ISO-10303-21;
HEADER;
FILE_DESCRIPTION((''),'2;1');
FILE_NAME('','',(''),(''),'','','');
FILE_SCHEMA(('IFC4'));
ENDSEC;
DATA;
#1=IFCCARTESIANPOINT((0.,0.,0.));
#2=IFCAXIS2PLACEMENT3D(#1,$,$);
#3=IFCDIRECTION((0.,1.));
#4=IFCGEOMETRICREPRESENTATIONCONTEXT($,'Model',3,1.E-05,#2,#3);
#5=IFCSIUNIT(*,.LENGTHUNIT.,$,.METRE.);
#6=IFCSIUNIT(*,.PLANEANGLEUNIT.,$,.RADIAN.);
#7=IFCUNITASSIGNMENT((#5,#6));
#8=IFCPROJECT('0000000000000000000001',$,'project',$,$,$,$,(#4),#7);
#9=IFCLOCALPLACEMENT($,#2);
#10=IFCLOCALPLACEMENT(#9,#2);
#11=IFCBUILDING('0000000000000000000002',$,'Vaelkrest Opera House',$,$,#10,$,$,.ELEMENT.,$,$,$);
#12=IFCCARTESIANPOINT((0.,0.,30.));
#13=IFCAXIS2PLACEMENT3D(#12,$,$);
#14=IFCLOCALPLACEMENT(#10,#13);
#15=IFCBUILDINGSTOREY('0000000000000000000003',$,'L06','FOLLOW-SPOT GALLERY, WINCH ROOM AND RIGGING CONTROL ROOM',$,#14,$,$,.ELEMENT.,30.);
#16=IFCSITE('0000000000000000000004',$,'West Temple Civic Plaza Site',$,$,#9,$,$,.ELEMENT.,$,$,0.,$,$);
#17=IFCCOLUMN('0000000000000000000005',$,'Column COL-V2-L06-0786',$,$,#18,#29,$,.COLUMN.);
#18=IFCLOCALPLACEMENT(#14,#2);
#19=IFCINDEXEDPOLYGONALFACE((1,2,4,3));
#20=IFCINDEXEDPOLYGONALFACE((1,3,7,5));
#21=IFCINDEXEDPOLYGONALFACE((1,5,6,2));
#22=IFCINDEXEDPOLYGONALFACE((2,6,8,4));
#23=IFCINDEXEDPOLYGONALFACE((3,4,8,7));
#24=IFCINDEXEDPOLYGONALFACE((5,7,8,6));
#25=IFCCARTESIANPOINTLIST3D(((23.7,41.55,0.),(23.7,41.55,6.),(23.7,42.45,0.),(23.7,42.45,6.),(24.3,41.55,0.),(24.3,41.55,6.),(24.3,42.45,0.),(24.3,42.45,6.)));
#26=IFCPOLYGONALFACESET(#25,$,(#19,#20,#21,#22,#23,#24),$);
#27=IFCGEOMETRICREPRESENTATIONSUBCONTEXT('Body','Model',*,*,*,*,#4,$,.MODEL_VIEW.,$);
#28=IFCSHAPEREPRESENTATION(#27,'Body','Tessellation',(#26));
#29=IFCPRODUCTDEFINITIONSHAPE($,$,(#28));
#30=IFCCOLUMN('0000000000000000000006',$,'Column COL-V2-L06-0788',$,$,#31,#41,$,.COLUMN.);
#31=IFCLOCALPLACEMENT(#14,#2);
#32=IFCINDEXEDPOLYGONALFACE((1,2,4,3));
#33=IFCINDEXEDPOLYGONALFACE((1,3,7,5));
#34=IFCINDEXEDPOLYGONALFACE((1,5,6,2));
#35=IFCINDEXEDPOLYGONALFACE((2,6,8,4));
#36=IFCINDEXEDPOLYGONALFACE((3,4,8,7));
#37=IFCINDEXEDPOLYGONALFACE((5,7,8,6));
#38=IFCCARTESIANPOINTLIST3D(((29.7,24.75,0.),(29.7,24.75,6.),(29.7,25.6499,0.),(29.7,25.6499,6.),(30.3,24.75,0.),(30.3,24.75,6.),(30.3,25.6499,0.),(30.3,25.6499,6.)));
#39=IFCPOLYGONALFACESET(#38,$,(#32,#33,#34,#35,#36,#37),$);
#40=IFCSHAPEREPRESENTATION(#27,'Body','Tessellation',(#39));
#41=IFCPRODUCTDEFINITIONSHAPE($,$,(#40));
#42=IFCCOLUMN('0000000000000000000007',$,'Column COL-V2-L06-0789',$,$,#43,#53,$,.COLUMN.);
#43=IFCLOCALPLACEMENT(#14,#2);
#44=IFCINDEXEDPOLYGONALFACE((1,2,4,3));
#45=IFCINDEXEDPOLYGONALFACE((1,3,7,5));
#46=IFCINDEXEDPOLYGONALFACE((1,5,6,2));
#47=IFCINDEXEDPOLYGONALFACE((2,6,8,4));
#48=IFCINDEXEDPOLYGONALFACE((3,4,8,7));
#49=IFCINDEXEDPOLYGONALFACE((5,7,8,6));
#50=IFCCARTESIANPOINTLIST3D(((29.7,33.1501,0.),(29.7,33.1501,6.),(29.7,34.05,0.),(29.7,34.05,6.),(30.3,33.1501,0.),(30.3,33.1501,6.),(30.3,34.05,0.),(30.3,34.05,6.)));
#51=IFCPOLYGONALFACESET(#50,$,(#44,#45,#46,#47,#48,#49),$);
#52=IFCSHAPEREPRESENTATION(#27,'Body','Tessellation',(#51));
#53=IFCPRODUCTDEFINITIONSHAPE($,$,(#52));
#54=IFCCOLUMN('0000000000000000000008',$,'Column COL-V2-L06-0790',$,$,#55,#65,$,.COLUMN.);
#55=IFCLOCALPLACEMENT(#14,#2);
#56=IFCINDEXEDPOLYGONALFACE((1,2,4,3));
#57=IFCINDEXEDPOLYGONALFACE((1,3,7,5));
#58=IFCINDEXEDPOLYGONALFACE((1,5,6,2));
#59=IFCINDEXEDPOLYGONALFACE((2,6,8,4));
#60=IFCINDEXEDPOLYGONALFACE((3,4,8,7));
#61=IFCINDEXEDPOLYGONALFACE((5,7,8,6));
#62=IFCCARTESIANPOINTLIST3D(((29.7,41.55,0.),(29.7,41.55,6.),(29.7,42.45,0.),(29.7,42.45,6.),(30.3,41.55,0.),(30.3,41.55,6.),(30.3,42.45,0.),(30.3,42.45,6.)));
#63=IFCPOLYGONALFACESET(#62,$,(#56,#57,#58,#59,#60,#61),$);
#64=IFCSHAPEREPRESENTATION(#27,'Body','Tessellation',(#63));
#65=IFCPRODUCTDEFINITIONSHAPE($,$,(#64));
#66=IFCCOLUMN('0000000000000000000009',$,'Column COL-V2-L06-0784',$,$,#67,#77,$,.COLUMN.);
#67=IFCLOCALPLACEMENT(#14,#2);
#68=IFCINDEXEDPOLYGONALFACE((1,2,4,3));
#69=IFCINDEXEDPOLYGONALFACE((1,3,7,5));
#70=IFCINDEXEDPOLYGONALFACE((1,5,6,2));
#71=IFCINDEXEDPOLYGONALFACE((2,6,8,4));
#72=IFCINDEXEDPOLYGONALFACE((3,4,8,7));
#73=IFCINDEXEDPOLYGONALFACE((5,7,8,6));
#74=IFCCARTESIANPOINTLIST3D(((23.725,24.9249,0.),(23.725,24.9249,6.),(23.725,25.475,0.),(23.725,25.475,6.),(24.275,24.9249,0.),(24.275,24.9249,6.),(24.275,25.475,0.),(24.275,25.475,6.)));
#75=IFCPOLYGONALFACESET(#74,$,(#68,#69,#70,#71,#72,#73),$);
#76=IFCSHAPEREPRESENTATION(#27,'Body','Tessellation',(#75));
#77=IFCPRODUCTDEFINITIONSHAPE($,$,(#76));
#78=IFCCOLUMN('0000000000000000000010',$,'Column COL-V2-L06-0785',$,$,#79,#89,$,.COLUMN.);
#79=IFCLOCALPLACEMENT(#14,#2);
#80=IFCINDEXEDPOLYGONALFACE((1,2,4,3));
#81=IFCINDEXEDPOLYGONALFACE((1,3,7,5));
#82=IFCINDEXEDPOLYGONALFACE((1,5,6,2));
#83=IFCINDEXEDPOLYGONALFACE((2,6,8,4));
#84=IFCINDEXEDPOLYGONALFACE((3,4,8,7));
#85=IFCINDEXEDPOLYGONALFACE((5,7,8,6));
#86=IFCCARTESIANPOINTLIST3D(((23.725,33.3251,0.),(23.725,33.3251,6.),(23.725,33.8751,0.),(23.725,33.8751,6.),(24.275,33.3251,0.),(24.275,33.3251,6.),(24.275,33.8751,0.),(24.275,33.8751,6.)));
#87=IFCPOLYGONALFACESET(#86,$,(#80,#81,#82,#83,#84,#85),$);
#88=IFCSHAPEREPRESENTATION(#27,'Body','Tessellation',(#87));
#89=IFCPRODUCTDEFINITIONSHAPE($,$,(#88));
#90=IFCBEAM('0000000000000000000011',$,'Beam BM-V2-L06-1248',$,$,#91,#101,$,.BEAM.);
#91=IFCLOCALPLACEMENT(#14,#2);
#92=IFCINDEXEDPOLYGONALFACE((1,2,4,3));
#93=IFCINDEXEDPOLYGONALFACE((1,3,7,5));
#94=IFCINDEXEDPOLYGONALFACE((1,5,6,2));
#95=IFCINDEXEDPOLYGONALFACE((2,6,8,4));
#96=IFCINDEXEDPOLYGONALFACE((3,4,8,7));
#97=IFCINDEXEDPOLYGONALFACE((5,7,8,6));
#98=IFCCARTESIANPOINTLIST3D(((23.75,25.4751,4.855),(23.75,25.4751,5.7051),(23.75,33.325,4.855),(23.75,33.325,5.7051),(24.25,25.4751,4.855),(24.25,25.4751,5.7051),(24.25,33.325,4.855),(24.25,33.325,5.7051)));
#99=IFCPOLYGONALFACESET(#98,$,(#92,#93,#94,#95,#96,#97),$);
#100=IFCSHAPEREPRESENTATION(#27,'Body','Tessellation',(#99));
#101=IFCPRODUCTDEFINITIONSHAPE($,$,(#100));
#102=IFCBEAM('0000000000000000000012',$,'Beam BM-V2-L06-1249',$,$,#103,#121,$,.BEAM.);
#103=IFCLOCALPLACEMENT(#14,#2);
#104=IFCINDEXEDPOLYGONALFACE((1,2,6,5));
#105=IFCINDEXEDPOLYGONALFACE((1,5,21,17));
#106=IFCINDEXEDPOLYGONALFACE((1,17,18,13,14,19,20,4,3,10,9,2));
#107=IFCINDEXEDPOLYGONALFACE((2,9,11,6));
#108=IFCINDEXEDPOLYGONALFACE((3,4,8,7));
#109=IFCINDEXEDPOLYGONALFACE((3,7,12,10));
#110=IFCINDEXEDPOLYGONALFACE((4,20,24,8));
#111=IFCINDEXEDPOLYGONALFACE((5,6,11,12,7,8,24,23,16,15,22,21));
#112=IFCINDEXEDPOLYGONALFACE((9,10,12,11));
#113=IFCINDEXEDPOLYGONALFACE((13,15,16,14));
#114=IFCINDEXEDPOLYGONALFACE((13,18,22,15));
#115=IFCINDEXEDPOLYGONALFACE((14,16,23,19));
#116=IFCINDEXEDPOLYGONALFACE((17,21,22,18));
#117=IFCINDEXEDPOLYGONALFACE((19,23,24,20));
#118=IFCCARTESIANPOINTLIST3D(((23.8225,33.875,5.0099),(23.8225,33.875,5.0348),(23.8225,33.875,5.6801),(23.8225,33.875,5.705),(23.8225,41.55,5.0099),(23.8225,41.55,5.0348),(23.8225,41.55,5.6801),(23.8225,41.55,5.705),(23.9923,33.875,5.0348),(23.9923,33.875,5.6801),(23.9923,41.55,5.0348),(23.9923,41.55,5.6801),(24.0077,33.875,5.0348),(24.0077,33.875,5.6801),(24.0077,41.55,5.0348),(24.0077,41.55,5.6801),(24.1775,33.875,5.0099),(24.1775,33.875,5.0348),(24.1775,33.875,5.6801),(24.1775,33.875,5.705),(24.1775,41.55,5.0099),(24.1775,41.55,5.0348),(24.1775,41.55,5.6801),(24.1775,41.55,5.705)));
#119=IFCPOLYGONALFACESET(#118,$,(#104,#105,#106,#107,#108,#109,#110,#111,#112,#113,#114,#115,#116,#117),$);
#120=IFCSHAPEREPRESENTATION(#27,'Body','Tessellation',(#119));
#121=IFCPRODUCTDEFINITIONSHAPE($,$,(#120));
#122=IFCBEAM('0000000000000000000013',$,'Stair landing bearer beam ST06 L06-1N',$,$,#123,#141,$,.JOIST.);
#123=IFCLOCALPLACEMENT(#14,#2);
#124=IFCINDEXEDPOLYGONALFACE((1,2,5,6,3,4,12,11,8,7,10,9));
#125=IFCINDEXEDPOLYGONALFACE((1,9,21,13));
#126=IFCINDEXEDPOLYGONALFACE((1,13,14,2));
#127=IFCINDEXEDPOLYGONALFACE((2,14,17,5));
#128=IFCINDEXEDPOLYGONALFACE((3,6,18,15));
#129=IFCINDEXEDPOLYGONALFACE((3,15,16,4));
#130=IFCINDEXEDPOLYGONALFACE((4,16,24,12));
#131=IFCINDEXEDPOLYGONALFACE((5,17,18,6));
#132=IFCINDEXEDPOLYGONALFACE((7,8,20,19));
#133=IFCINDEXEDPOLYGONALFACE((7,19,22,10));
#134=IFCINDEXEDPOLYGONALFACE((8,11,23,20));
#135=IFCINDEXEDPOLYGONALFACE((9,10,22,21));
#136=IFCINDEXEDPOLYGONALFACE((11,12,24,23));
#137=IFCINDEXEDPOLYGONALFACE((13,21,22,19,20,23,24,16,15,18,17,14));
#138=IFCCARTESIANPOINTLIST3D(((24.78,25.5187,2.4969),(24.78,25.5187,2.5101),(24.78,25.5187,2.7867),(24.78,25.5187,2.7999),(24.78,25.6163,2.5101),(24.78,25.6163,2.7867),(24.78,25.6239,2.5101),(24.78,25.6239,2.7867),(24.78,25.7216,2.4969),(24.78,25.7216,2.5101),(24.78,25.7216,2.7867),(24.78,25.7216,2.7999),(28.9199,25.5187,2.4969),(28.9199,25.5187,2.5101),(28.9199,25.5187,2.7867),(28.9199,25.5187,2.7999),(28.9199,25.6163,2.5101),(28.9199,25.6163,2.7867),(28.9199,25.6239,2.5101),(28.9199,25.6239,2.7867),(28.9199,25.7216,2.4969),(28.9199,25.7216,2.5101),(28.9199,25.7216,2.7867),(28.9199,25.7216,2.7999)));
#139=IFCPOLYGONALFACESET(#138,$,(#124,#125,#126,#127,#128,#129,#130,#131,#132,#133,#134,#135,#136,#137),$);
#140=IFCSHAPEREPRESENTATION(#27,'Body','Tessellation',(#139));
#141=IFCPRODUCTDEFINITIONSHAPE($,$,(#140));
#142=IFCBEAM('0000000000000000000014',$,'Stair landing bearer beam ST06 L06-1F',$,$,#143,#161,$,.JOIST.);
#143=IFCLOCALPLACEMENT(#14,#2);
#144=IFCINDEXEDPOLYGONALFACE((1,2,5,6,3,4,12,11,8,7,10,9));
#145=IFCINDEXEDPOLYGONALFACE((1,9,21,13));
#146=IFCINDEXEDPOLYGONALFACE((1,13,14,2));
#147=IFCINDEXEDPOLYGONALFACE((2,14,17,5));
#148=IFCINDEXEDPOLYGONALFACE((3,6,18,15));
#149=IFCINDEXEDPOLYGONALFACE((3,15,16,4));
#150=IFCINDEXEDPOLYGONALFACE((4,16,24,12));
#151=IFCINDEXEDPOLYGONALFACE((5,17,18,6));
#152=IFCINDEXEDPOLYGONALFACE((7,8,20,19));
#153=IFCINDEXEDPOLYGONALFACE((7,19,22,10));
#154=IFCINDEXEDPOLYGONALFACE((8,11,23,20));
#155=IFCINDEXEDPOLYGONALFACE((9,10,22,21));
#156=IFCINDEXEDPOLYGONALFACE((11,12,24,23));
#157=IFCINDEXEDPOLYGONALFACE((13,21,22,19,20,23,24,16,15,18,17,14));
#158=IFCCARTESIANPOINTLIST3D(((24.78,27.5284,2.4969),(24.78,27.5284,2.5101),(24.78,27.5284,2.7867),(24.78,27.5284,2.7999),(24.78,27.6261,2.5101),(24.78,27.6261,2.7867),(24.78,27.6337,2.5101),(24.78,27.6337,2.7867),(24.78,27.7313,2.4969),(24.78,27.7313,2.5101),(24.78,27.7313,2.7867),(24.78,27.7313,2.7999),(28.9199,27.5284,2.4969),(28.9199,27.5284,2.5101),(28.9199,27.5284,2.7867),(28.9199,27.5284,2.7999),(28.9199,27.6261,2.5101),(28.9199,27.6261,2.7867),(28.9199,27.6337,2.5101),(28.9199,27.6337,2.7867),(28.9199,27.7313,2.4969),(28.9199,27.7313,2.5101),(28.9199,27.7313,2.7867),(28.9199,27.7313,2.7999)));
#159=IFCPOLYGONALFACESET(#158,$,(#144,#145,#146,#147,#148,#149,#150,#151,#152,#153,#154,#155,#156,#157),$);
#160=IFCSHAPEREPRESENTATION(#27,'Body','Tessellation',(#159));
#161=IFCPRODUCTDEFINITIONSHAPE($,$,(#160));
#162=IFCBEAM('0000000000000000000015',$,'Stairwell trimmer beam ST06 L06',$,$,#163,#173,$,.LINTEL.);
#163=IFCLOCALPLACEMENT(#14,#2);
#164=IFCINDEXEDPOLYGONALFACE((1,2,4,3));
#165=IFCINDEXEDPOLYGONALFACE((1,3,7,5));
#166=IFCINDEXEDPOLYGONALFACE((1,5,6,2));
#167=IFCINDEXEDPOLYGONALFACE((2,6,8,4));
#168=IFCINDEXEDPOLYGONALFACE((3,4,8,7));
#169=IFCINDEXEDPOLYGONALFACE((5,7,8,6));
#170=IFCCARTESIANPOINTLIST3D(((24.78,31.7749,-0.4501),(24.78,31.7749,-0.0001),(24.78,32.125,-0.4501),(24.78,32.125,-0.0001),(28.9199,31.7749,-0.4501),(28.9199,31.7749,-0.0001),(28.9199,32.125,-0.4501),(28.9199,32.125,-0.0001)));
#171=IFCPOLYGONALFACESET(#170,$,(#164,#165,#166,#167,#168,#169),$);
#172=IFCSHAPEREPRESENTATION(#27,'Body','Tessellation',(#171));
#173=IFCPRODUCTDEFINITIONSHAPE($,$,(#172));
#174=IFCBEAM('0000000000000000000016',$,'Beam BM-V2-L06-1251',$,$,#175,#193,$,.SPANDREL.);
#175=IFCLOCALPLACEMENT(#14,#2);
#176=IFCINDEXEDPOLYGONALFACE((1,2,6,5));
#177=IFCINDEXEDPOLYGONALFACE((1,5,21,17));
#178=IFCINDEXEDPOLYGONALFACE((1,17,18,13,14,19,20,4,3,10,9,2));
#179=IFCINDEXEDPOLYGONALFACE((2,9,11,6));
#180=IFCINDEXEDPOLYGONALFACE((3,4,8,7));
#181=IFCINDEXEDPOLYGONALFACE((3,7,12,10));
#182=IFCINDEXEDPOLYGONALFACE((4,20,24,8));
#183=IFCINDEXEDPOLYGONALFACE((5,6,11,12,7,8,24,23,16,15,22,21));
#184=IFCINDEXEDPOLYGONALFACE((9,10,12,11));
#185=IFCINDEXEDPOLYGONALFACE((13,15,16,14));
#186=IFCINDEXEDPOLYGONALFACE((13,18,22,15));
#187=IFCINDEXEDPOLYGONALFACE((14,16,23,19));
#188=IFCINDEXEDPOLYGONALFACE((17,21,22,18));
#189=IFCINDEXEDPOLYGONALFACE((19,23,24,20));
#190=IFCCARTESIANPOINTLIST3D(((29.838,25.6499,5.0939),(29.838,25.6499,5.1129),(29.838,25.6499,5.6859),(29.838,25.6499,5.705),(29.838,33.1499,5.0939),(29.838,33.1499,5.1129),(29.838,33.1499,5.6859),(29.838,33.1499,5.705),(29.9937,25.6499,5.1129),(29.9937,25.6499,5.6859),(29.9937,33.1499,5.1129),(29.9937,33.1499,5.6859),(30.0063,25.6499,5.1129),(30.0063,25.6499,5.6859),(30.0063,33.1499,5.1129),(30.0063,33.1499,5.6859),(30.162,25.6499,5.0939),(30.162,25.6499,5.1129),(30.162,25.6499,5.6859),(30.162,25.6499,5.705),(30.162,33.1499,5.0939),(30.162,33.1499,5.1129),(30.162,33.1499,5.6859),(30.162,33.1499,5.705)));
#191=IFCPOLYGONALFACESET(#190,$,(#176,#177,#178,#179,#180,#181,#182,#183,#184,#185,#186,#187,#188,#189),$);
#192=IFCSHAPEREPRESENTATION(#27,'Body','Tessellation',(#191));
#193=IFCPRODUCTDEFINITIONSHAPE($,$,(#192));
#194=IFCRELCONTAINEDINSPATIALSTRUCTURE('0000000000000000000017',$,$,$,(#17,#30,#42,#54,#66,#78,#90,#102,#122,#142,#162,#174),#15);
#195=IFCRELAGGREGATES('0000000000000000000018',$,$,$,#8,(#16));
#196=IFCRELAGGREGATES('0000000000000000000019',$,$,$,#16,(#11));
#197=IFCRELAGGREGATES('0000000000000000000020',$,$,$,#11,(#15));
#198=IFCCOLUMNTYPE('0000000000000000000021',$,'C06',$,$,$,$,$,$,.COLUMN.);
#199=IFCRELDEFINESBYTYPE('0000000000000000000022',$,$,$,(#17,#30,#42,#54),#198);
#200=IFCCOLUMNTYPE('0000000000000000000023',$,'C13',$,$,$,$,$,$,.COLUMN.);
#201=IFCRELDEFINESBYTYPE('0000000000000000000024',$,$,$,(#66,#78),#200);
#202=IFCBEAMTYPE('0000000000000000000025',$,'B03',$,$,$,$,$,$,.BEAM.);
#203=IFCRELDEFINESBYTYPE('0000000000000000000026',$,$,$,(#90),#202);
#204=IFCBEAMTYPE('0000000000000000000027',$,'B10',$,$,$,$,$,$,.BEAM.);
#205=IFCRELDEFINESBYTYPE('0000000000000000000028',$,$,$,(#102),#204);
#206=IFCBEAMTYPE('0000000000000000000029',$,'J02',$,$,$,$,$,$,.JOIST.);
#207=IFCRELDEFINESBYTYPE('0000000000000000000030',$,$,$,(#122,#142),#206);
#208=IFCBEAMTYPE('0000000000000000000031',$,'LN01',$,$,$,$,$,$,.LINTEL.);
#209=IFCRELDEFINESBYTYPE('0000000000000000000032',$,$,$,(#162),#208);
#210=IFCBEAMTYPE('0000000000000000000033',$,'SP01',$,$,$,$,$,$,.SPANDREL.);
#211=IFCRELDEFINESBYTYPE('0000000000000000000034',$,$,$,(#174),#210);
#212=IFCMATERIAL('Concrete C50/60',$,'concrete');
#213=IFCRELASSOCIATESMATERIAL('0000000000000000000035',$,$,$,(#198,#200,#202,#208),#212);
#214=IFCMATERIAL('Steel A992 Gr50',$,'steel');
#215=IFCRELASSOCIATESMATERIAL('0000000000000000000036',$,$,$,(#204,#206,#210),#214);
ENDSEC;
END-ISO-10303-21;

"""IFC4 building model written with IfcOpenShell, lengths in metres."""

from ifc_helpers import new_model, si_unit, direction, frame, origin, origin_2d, place, context, subcontext, project, spatial, rectangle, i_section, extrude, material, material_profile, profile_set, type_object, element, save


model = new_model("IFC4")

# Units and contexts
model_context = context("Model", 3, precision=1e-05, world=origin(), true_north=direction((0.0, 1.0)))
body_context = subcontext(model_context, "Body", "Model", "MODEL_VIEW")
ifc_project = project(units=[si_unit("LENGTHUNIT", "METRE"), si_unit("PLANEANGLEUNIT", "RADIAN")], contexts=[model_context])

# Site, building, storey
site_placement = place(None, origin())
site = spatial("IfcSite", under=ifc_project, at=site_placement, Name="West Temple Civic Plaza Site", CompositionType="ELEMENT", RefElevation=0.0)
building_placement = place(site_placement, origin())
building = spatial("IfcBuilding", under=site, at=building_placement, Name="Vaelkrest Opera House", CompositionType="ELEMENT")
storey_placement = place(building_placement, frame((0.0, 0.0, 30.0)))
storey = spatial("IfcBuildingStorey", under=building, at=storey_placement, Name="L06", Description="FOLLOW-SPOT GALLERY, WINCH ROOM AND RIGGING CONTROL ROOM", CompositionType="ELEMENT", Elevation=30.0)

# Columns
ifc_material_1 = material(Name="Concrete C50/60", Category="concrete")
ifc_material_profile_1 = material_profile(ifc_material_1, rectangle(XDim=0.6001, YDim=0.8999, at=origin_2d()), Name="RC600X900")
ifc_profile_set_1 = profile_set([ifc_material_profile_1], Name="Concrete C50/60")
column_type_1 = type_object("IfcColumnType", Name="C06", PredefinedType="COLUMN", material=ifc_profile_set_1)
for number, where, z_axis, x_axis, name in (
    (1, (24.0, 42.0, 0.0), (0.0, 0.0, 1.0), (1.0, 0.0, 0.0), "Column COL-V2-L06-0786"),
    (2, (30.0, 25.2, 0.0), (0.0, 0.0, 1.0), (1.0, 0.0, 0.0), "Column COL-V2-L06-0788"),
    (3, (30.0, 33.6001, 0.0), (0.0, 0.0, 1.0), (1.0, 0.0, 0.0), "Column COL-V2-L06-0789"),
    (4, (30.0, 42.0, 0.0), (0.0, 0.0, 1.0), (1.0, 0.0, 0.0), "Column COL-V2-L06-0790"),
):
    element("IfcColumn", number, at=place(storey_placement, frame(where, z_axis=z_axis, x_axis=x_axis)), inside=storey, type_object=column_type_1, Name=name, PredefinedType="COLUMN", context=body_context, shape_type="SweptSolid", body=[
        extrude(rectangle(XDim=0.6001, YDim=0.8999, at=origin_2d()), origin(), (0.0, 0.0, 1.0), 6.0),
    ])
ifc_material_profile_2 = material_profile(ifc_material_1, rectangle(XDim=0.55, YDim=0.55, at=origin_2d()), Name="RC550X550")
ifc_profile_set_2 = profile_set([ifc_material_profile_2], Name="Concrete C50/60")
column_type_2 = type_object("IfcColumnType", Name="C13", PredefinedType="COLUMN", material=ifc_profile_set_2)
for number, where, z_axis, x_axis, name in (
    (5, (24.0, 25.2, 0.0), (0.0, 0.0, 1.0), (1.0, 0.0, 0.0), "Column COL-V2-L06-0784"),
    (6, (24.0, 33.6001, 0.0), (0.0, 0.0, 1.0), (1.0, 0.0, 0.0), "Column COL-V2-L06-0785"),
):
    element("IfcColumn", number, at=place(storey_placement, frame(where, z_axis=z_axis, x_axis=x_axis)), inside=storey, type_object=column_type_2, Name=name, PredefinedType="COLUMN", context=body_context, shape_type="SweptSolid", body=[
        extrude(rectangle(XDim=0.55, YDim=0.55, at=origin_2d()), origin(), (0.0, 0.0, 1.0), 6.0),
    ])

# Beams
ifc_material_profile_3 = material_profile(ifc_material_1, rectangle(XDim=0.5, YDim=0.8501, at=origin_2d()), Name="RCB500X850")
ifc_profile_set_3 = profile_set([ifc_material_profile_3], Name="Concrete C50/60")
beam_type_1 = type_object("IfcBeamType", Name="B03", PredefinedType="BEAM", material=ifc_profile_set_3)
beam_1_placement = place(storey_placement, frame((24.0, 25.4751, 5.28), z_axis=(0.0, 1.0, 0.0), x_axis=(-1.0, 0.0, 0.0)))
element("IfcBeam", 7, at=beam_1_placement, inside=storey, type_object=beam_type_1, Name="Beam BM-V2-L06-1248", PredefinedType="BEAM", context=body_context, shape_type="SweptSolid", body=[
    extrude(rectangle(XDim=0.5, YDim=0.8501, at=origin_2d()), origin(), (0.0, 0.0, 1.0), 7.8499),
])
ifc_material_2 = material(Name="Steel A992 Gr50", Category="steel")
ifc_material_profile_4 = material_profile(ifc_material_2, i_section(OverallWidth=0.355, OverallDepth=0.6951, WebThickness=0.0154, FlangeThickness=0.0249, at=origin_2d()), Name="W27X146")
ifc_profile_set_4 = profile_set([ifc_material_profile_4], Name="Steel A992 Gr50")
beam_type_2 = type_object("IfcBeamType", Name="B10", PredefinedType="BEAM", material=ifc_profile_set_4)
beam_2_placement = place(storey_placement, frame((24.0, 33.875, 5.3574), z_axis=(0.0, 1.0, 0.0), x_axis=(-1.0, 0.0, 0.0)))
element("IfcBeam", 8, at=beam_2_placement, inside=storey, type_object=beam_type_2, Name="Beam BM-V2-L06-1249", PredefinedType="BEAM", context=body_context, shape_type="SweptSolid", body=[
    extrude(i_section(OverallWidth=0.355, OverallDepth=0.6951, WebThickness=0.0154, FlangeThickness=0.0249, at=origin_2d()), origin(), (0.0, 0.0, 1.0), 7.675),
])
ifc_material_profile_5 = material_profile(ifc_material_2, i_section(OverallWidth=0.2029, OverallDepth=0.303, WebThickness=0.0076, FlangeThickness=0.0132, at=origin_2d()), Name="W12X40")
ifc_profile_set_5 = profile_set([ifc_material_profile_5], Name="Steel A992 Gr50")
beam_type_3 = type_object("IfcBeamType", Name="J02", PredefinedType="JOIST", material=ifc_profile_set_5)
for number, where, z_axis, x_axis, name in (
    (9, (24.78, 25.6201, 2.6484), (1.0, 0.0, 0.0), (0.0, 1.0, 0.0), "Stair landing bearer beam ST06 L06-1N"),
    (10, (24.78, 27.6299, 2.6484), (1.0, 0.0, 0.0), (0.0, 1.0, 0.0), "Stair landing bearer beam ST06 L06-1F"),
):
    element("IfcBeam", number, at=place(storey_placement, frame(where, z_axis=z_axis, x_axis=x_axis)), inside=storey, type_object=beam_type_3, Name=name, PredefinedType="JOIST", context=body_context, shape_type="SweptSolid", body=[
        extrude(i_section(OverallWidth=0.2029, OverallDepth=0.303, WebThickness=0.0076, FlangeThickness=0.0132, at=origin_2d()), origin(), (0.0, 0.0, 1.0), 4.1399),
    ])
ifc_material_profile_6 = material_profile(ifc_material_1, rectangle(XDim=0.3501, YDim=0.45, at=origin_2d()), Name="RCB350X450")
ifc_profile_set_6 = profile_set([ifc_material_profile_6], Name="Concrete C50/60")
beam_type_4 = type_object("IfcBeamType", Name="LN01", PredefinedType="LINTEL", material=ifc_profile_set_6)
beam_3_placement = place(storey_placement, frame((24.78, 31.95, -0.2251), z_axis=(1.0, 0.0, 0.0), x_axis=(0.0, 1.0, 0.0)))
element("IfcBeam", 11, at=beam_3_placement, inside=storey, type_object=beam_type_4, Name="Stairwell trimmer beam ST06 L06", PredefinedType="LINTEL", context=body_context, shape_type="SweptSolid", body=[
    extrude(rectangle(XDim=0.3501, YDim=0.45, at=origin_2d()), origin(), (0.0, 0.0, 1.0), 4.1399),
])
ifc_material_profile_7 = material_profile(ifc_material_2, i_section(OverallWidth=0.324, OverallDepth=0.6111, WebThickness=0.0127, FlangeThickness=0.019, at=origin_2d()), Name="W24X104")
ifc_profile_set_7 = profile_set([ifc_material_profile_7], Name="Steel A992 Gr50")
beam_type_5 = type_object("IfcBeamType", Name="SP01", PredefinedType="SPANDREL", material=ifc_profile_set_7)
for number, where, z_axis, x_axis, name in (
    (12, (30.0, 25.6499, 5.3994), (0.0, 1.0, 0.0), (-1.0, 0.0, 0.0), "Beam BM-V2-L06-1251"),
):
    element("IfcBeam", number, at=place(storey_placement, frame(where, z_axis=z_axis, x_axis=x_axis)), inside=storey, type_object=beam_type_5, Name=name, PredefinedType="SPANDREL", context=body_context, shape_type="SweptSolid", body=[
        extrude(i_section(OverallWidth=0.324, OverallDepth=0.6111, WebThickness=0.0127, FlangeThickness=0.019, at=origin_2d()), origin(), (0.0, 0.0, 1.0), 7.5),
    ])

save(model, "model.ifc")
